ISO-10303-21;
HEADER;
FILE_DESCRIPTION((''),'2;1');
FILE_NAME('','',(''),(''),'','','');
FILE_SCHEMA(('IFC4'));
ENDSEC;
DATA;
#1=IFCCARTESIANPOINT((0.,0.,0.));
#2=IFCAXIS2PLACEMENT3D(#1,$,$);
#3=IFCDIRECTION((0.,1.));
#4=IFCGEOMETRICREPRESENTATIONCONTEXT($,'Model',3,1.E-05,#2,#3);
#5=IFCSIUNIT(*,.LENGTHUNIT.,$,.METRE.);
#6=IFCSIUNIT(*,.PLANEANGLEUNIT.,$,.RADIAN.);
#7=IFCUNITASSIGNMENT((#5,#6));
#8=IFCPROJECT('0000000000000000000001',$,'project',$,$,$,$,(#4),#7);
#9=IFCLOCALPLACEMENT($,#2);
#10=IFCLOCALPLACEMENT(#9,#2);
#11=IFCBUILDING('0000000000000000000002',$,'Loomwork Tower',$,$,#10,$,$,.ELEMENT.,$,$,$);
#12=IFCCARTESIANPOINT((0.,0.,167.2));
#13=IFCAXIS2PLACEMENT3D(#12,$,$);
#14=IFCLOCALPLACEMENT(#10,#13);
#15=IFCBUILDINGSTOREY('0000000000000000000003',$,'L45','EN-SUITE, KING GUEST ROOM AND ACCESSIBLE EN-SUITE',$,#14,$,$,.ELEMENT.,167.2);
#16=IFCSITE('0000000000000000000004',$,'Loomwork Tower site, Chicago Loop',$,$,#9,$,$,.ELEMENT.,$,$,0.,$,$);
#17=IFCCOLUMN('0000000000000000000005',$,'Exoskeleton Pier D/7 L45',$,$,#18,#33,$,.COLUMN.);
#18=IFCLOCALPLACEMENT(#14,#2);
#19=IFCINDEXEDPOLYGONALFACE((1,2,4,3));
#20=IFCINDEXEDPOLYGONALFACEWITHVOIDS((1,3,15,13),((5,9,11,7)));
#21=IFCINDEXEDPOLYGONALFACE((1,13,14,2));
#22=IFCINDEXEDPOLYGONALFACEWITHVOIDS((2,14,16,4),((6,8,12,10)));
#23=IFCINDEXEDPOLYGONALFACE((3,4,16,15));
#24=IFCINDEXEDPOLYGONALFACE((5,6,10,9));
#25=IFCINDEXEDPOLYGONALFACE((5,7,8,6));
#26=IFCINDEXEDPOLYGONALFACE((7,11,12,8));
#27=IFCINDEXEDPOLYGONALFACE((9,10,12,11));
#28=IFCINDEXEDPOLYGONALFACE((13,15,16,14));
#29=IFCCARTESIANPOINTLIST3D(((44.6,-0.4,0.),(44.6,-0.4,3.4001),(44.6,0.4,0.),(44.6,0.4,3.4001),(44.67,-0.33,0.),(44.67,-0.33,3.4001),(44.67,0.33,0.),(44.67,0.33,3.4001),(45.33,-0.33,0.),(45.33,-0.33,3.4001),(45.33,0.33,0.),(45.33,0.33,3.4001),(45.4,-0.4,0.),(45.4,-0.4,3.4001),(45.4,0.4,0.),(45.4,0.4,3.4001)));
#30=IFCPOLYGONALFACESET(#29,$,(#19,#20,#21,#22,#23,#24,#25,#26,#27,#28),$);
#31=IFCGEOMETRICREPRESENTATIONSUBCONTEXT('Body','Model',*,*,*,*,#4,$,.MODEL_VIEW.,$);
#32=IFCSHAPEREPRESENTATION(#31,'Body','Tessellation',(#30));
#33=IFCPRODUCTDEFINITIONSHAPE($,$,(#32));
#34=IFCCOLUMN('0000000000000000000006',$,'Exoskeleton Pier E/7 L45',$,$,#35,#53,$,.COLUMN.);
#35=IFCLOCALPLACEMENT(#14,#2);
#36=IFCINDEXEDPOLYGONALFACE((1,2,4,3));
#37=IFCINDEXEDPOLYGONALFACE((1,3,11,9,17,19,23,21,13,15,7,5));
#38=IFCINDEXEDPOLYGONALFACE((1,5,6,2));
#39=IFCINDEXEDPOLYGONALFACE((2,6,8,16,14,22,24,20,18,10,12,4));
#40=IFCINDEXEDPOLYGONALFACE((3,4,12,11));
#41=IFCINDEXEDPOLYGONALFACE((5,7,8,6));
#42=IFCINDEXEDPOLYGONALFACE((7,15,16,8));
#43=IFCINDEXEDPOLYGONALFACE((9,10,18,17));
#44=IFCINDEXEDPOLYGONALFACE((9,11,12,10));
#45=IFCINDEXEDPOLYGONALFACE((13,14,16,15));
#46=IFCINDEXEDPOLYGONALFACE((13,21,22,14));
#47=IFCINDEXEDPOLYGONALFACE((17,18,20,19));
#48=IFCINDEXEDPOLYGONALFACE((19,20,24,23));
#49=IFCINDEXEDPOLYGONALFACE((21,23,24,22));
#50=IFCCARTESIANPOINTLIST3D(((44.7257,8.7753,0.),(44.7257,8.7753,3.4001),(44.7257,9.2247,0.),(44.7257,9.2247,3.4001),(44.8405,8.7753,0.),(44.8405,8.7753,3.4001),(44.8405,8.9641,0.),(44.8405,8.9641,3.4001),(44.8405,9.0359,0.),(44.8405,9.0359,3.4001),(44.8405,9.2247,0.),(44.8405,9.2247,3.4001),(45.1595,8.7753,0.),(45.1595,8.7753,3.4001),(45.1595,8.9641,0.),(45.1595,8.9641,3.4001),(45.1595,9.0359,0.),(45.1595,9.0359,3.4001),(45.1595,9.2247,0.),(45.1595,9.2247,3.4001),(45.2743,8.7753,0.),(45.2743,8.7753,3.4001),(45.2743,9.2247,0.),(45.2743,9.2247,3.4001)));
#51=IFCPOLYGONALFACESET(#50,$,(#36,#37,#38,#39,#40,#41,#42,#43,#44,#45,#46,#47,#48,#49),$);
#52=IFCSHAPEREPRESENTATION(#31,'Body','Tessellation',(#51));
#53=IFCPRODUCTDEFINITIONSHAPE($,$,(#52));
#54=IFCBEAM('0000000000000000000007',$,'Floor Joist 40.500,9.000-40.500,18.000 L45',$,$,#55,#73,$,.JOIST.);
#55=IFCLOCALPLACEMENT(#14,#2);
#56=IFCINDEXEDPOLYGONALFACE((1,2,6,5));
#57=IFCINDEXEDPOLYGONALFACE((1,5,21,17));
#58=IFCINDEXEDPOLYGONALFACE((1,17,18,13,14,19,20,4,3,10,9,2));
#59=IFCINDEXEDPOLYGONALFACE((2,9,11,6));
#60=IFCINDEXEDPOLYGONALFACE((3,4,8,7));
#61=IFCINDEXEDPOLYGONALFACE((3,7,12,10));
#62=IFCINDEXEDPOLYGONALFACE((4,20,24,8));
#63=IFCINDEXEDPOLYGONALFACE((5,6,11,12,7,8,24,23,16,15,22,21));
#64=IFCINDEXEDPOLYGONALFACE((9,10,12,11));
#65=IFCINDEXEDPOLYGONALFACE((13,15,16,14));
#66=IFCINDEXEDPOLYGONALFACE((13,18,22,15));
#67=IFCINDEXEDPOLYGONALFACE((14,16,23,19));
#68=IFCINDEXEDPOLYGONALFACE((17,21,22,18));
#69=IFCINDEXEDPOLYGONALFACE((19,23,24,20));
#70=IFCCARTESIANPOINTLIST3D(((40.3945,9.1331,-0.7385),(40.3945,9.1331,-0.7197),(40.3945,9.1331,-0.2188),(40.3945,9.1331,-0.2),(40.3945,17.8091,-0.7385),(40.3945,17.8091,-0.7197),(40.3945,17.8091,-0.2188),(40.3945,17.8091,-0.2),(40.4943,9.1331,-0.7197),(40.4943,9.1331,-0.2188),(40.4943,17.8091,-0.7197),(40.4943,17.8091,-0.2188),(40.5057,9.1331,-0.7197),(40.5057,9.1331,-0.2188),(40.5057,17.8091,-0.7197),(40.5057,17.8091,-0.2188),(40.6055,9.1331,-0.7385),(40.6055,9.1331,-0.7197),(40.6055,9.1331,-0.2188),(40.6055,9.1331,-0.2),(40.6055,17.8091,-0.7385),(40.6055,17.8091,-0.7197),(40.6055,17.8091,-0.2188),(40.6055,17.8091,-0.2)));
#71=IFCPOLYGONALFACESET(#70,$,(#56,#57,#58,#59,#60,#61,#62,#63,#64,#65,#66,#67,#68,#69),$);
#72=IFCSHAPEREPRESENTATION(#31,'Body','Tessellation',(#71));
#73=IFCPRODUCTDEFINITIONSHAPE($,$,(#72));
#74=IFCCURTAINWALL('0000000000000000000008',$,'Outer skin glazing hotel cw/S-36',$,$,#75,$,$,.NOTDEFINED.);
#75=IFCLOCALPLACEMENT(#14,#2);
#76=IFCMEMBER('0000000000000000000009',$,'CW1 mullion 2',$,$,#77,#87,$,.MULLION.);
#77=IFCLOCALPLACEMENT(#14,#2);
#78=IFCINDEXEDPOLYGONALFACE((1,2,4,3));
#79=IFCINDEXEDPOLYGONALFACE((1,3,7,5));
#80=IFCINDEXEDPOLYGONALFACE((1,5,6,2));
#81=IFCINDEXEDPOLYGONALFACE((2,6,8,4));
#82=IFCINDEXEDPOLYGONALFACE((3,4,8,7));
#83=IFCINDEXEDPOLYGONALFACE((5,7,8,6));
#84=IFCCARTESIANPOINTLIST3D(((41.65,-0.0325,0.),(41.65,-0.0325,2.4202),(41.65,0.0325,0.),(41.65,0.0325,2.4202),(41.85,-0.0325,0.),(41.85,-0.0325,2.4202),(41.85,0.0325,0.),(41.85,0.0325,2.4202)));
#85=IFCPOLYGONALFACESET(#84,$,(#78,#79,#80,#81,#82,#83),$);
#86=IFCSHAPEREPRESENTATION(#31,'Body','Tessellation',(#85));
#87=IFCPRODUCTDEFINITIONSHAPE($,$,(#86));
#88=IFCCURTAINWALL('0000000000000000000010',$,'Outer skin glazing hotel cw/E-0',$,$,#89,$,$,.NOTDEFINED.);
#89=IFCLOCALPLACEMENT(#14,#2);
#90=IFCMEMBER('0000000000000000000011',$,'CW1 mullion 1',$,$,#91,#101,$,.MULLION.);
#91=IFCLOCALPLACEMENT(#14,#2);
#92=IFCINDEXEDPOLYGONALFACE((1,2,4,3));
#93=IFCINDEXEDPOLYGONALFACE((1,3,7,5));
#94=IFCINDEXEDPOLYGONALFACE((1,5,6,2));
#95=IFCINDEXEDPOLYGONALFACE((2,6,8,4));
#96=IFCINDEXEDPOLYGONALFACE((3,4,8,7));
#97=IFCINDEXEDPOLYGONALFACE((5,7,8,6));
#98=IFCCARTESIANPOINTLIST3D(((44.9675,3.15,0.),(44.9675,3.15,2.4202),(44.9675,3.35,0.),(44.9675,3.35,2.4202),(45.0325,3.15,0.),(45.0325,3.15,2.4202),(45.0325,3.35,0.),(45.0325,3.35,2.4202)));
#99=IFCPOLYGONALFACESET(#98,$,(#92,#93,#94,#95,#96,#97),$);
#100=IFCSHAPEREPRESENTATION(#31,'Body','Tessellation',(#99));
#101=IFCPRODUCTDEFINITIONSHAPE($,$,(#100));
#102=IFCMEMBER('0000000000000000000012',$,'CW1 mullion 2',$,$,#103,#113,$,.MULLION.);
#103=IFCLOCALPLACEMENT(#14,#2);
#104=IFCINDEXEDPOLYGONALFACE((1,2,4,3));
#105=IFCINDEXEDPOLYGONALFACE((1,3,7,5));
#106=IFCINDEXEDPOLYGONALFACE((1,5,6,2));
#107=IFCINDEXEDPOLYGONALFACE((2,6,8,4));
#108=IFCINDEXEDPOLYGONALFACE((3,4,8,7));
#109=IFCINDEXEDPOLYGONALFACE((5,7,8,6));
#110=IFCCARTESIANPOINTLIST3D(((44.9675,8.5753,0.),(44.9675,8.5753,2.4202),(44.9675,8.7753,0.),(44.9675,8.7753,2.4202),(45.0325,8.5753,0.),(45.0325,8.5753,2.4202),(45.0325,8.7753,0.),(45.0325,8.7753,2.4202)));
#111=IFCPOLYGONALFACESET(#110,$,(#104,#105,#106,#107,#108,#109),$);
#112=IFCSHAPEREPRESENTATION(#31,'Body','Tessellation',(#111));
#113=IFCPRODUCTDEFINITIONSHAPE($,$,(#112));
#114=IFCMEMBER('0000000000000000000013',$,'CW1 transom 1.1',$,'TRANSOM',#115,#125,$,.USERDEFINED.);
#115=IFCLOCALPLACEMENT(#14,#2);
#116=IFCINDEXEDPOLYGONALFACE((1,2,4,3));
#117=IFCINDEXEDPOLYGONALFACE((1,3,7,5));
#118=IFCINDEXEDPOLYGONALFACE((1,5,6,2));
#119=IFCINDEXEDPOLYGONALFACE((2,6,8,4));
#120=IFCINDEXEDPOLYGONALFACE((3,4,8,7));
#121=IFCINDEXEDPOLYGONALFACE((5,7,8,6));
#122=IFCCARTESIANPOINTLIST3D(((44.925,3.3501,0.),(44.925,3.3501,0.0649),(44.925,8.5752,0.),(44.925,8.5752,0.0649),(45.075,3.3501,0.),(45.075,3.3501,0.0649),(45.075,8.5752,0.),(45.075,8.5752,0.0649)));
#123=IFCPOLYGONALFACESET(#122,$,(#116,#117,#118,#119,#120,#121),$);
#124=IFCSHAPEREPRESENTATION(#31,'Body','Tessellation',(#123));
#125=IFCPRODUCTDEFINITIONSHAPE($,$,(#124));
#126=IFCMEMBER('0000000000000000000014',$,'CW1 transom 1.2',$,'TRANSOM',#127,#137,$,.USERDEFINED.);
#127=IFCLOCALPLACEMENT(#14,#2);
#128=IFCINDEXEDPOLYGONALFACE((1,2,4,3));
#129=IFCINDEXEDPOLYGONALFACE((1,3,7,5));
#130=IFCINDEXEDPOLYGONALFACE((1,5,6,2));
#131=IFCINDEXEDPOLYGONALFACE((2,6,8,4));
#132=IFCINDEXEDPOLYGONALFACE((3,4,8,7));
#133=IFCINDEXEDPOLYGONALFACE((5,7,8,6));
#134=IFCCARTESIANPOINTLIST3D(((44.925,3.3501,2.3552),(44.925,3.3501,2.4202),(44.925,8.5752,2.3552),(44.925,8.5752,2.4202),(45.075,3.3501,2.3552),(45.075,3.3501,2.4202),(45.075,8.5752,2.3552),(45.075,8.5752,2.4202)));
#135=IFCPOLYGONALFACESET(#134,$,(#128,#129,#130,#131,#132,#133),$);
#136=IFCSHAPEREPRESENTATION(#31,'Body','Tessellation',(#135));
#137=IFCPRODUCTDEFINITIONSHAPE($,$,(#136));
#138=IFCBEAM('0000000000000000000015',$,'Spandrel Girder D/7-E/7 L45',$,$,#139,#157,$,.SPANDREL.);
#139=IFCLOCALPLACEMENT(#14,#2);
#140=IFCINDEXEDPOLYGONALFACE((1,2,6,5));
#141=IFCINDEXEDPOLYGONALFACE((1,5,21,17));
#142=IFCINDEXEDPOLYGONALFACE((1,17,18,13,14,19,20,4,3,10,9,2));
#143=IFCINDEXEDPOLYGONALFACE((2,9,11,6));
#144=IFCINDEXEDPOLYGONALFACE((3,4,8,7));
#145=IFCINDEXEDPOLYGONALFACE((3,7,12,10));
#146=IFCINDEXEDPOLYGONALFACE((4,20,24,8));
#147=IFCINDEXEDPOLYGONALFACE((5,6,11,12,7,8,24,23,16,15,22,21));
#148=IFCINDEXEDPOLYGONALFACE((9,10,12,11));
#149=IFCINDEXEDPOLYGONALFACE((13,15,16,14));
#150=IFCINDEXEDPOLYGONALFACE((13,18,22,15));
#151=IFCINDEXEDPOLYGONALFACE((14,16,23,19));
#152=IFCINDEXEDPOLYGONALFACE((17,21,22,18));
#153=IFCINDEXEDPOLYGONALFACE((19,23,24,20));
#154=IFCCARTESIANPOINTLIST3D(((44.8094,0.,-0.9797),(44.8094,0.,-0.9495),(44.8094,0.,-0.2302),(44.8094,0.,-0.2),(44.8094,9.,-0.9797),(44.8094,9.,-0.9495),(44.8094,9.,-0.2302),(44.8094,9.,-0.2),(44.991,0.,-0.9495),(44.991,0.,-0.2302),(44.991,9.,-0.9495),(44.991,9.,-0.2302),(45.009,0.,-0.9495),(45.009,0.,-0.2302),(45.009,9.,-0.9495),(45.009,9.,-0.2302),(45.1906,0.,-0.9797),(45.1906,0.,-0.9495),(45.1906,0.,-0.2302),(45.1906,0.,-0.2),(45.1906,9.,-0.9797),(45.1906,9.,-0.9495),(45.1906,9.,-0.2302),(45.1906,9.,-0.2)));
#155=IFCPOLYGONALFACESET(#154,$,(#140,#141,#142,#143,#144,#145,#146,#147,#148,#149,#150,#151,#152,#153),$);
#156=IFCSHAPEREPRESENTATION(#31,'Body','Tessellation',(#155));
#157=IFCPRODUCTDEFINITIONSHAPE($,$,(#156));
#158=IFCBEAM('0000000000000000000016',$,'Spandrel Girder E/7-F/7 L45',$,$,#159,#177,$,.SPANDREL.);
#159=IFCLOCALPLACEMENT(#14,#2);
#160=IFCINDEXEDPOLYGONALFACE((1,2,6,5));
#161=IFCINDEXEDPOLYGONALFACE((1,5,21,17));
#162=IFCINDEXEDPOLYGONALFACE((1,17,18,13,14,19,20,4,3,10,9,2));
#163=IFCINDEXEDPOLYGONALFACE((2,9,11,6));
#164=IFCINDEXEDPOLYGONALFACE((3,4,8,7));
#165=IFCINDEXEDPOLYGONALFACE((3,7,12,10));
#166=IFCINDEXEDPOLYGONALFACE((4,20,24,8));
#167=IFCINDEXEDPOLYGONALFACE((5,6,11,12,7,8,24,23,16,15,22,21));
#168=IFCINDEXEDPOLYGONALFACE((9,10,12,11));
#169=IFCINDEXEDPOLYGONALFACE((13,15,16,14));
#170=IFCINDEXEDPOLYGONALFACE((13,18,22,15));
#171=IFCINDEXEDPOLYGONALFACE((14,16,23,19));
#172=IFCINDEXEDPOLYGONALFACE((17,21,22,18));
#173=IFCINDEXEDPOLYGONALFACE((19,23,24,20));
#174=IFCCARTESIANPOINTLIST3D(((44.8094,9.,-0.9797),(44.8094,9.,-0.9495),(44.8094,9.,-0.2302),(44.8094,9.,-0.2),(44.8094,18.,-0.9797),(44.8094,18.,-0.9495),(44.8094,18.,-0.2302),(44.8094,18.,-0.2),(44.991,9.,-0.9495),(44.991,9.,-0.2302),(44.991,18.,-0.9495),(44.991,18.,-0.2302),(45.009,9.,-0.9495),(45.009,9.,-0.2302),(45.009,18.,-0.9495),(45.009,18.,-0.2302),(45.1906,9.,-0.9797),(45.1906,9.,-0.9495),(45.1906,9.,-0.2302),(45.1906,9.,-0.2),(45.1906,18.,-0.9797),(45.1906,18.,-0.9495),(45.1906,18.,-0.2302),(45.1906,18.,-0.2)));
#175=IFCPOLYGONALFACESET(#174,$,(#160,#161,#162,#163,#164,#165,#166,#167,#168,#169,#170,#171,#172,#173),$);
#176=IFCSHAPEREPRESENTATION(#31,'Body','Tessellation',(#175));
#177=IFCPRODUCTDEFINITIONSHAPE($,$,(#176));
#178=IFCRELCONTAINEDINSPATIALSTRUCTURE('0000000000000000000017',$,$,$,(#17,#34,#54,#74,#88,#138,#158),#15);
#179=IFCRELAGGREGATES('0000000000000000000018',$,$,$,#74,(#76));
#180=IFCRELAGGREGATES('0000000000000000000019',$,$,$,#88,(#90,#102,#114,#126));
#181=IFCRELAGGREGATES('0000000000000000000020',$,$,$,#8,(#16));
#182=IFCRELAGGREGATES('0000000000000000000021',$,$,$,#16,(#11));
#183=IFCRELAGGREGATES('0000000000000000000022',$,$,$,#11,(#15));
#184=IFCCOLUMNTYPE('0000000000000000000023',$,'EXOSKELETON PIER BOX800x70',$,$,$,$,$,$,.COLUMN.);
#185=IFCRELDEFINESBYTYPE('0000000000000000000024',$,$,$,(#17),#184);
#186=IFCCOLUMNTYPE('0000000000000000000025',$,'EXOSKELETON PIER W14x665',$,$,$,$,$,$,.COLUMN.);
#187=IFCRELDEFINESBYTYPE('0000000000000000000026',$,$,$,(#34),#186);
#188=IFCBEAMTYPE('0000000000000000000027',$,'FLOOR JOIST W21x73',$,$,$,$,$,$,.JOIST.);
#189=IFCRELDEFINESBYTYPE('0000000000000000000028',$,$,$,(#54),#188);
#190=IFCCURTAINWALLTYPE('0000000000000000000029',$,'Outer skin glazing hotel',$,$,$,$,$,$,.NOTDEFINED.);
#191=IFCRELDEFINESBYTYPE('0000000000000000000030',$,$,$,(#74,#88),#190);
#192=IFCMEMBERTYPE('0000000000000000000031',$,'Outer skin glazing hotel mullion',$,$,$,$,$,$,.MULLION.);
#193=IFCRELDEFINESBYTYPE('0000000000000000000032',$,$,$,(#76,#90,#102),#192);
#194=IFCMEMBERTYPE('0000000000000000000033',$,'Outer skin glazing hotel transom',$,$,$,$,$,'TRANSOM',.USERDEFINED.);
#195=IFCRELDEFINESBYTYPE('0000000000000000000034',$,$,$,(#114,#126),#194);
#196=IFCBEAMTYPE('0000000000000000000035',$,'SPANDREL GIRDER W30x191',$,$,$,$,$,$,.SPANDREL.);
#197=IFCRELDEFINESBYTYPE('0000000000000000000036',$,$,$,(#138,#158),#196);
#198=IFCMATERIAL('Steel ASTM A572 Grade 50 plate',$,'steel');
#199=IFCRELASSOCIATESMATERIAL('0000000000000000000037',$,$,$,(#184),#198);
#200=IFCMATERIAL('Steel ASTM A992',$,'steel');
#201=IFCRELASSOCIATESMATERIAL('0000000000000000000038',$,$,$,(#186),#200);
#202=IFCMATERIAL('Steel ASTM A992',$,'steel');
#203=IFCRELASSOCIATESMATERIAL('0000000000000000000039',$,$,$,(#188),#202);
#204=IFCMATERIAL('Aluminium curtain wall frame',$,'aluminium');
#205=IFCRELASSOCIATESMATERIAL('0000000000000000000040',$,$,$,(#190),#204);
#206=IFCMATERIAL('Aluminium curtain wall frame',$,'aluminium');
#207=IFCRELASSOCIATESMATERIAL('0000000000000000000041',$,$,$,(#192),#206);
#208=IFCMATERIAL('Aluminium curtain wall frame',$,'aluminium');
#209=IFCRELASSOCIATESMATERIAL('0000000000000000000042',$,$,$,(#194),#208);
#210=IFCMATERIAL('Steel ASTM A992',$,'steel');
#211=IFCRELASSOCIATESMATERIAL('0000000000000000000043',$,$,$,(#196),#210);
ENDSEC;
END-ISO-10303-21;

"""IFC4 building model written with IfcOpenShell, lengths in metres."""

from ifc_helpers import new_model, si_unit, direction, frame, origin, origin_2d, place, context, subcontext, project, spatial, rectangle, hollow_rectangle, i_section, extrude, material, material_profile, profile_set, type_object, element, aggregate, save


model = new_model("IFC4")

# Units and contexts
model_context = context("Model", 3, precision=1e-05, world=origin(), true_north=direction((0.0, 1.0)))
body_context = subcontext(model_context, "Body", "Model", "MODEL_VIEW")
ifc_project = project(units=[si_unit("LENGTHUNIT", "METRE"), si_unit("PLANEANGLEUNIT", "RADIAN")], contexts=[model_context])

# Site, building, storey
site_placement = place(None, origin())
site = spatial("IfcSite", under=ifc_project, at=site_placement, Name="Loomwork Tower site, Chicago Loop", CompositionType="ELEMENT", RefElevation=0.0)
building_placement = place(site_placement, origin())
building = spatial("IfcBuilding", under=site, at=building_placement, Name="Loomwork Tower", CompositionType="ELEMENT")
storey_placement = place(building_placement, frame((0.0, 0.0, 167.2)))
storey = spatial("IfcBuildingStorey", under=building, at=storey_placement, Name="L45", Description="EN-SUITE, KING GUEST ROOM AND ACCESSIBLE EN-SUITE", CompositionType="ELEMENT", Elevation=167.2)

# Columns
ifc_material_1 = material(Name="Steel ASTM A572 Grade 50 plate", Category="steel")
ifc_material_profile_1 = material_profile(ifc_material_1, hollow_rectangle(XDim=0.8, YDim=0.8, WallThickness=0.0701, at=origin_2d()), Name="BOX800x70")
ifc_profile_set_1 = profile_set([ifc_material_profile_1], Name="Steel ASTM A572 Grade 50 plate")
column_type_1 = type_object("IfcColumnType", Name="EXOSKELETON PIER BOX800x70", PredefinedType="COLUMN", material=ifc_profile_set_1)
column_1_placement = place(storey_placement, frame((45.0, 0.0, 0.0), z_axis=(0.0, 0.0, 1.0), x_axis=(1.0, 0.0, 0.0)))
element("IfcColumn", 1, at=column_1_placement, inside=storey, type_object=column_type_1, Name="Exoskeleton Pier D/7 L45", PredefinedType="COLUMN", context=body_context, shape_type="SweptSolid", body=[
    extrude(hollow_rectangle(XDim=0.8, YDim=0.8, WallThickness=0.0701, at=origin_2d()), origin(), (0.0, 0.0, 1.0), 3.4001),
])
ifc_material_2 = material(Name="Steel ASTM A992", Category="steel")
ifc_material_profile_2 = material_profile(ifc_material_2, i_section(OverallWidth=0.4495, OverallDepth=0.5486, WebThickness=0.0718, FlangeThickness=0.1147, at=origin_2d()), Name="W14x665")
ifc_profile_set_2 = profile_set([ifc_material_profile_2], Name="Steel ASTM A992")
column_type_2 = type_object("IfcColumnType", Name="EXOSKELETON PIER W14x665", PredefinedType="COLUMN", material=ifc_profile_set_2)
column_2_placement = place(storey_placement, frame((45.0, 9.0, 0.0), z_axis=(0.0, 0.0, 1.0), x_axis=(0.0, 1.0, 0.0)))
element("IfcColumn", 2, at=column_2_placement, inside=storey, type_object=column_type_2, Name="Exoskeleton Pier E/7 L45", PredefinedType="COLUMN", context=body_context, shape_type="SweptSolid", body=[
    extrude(i_section(OverallWidth=0.4495, OverallDepth=0.5486, WebThickness=0.0718, FlangeThickness=0.1147, at=origin_2d()), origin(), (0.0, 0.0, 1.0), 3.4001),
])

# Beam
ifc_material_3 = material(Name="Steel ASTM A992", Category="steel")
ifc_material_profile_3 = material_profile(ifc_material_3, i_section(OverallWidth=0.2109, OverallDepth=0.5386, WebThickness=0.0115, FlangeThickness=0.0188, at=origin_2d()), Name="W21x73")
ifc_profile_set_3 = profile_set([ifc_material_profile_3], Name="Steel ASTM A992")
beam_type_1 = type_object("IfcBeamType", Name="FLOOR JOIST W21x73", PredefinedType="JOIST", material=ifc_profile_set_3)
beam_placement = place(storey_placement, frame((40.5, 9.1331, -0.4692), z_axis=(0.0, 1.0, 0.0), x_axis=(-1.0, 0.0, 0.0)))
element("IfcBeam", 3, at=beam_placement, inside=storey, type_object=beam_type_1, Name="Floor Joist 40.500,9.000-40.500,18.000 L45", PredefinedType="JOIST", context=body_context, shape_type="SweptSolid", body=[
    extrude(i_section(OverallWidth=0.2109, OverallDepth=0.5386, WebThickness=0.0115, FlangeThickness=0.0188, at=origin_2d()), origin(), (0.0, 0.0, 1.0), 8.676),
])

# Curtain wall, member
ifc_material_4 = material(Name="Aluminium curtain wall frame", Category="aluminium")
curtain_wall_type = type_object("IfcCurtainWallType", Name="Outer skin glazing hotel", PredefinedType="NOTDEFINED", material=ifc_material_4)
curtain_wall_1_placement = place(storey_placement, origin())
curtain_wall_1 = element("IfcCurtainWall", 4, at=curtain_wall_1_placement, inside=storey, type_object=curtain_wall_type, Name="Outer skin glazing hotel cw/S-36", PredefinedType="NOTDEFINED")
ifc_material_5 = material(Name="Aluminium curtain wall frame", Category="aluminium")
ifc_material_profile_4 = material_profile(ifc_material_5, rectangle(XDim=0.0649, YDim=0.2, at=origin_2d()), Name="AL 65x200")
ifc_profile_set_4 = profile_set([ifc_material_profile_4], Name="Aluminium curtain wall frame")
member_type_1 = type_object("IfcMemberType", Name="Outer skin glazing hotel mullion", PredefinedType="MULLION", material=ifc_profile_set_4)
member_1_placement = place(storey_placement, frame((41.75, 0.0, 0.0), z_axis=(0.0, 0.0, 1.0), x_axis=(0.0, 1.0, 0.0)))
member_1 = element("IfcMember", 5, at=member_1_placement, type_object=member_type_1, Name="CW1 mullion 2", PredefinedType="MULLION", context=body_context, shape_type="SweptSolid", body=[
    extrude(rectangle(XDim=0.0649, YDim=0.2, at=origin_2d()), origin(), (0.0, 0.0, 1.0), 2.4202),
])
aggregate(curtain_wall_1, [member_1])

# Curtain wall, members
curtain_wall_2_placement = place(storey_placement, origin())
curtain_wall_2 = element("IfcCurtainWall", 6, at=curtain_wall_2_placement, inside=storey, type_object=curtain_wall_type, Name="Outer skin glazing hotel cw/E-0", PredefinedType="NOTDEFINED")
member_2_placement = place(storey_placement, frame((45.0, 3.25, 0.0), z_axis=(0.0, 0.0, 1.0), x_axis=(-1.0, 0.0, 0.0)))
member_2 = element("IfcMember", 7, at=member_2_placement, type_object=member_type_1, Name="CW1 mullion 1", PredefinedType="MULLION", context=body_context, shape_type="SweptSolid", body=[
    extrude(rectangle(XDim=0.0649, YDim=0.2, at=origin_2d()), origin(), (0.0, 0.0, 1.0), 2.4202),
])
member_3_placement = place(storey_placement, frame((45.0, 8.6753, 0.0), z_axis=(0.0, 0.0, 1.0), x_axis=(-1.0, 0.0, 0.0)))
member_3 = element("IfcMember", 8, at=member_3_placement, type_object=member_type_1, Name="CW1 mullion 2", PredefinedType="MULLION", context=body_context, shape_type="SweptSolid", body=[
    extrude(rectangle(XDim=0.0649, YDim=0.2, at=origin_2d()), origin(), (0.0, 0.0, 1.0), 2.4202),
])
ifc_material_6 = material(Name="Aluminium curtain wall frame", Category="aluminium")
ifc_material_profile_5 = material_profile(ifc_material_6, rectangle(XDim=0.1499, YDim=0.0649, at=origin_2d()), Name="AL 65x150")
ifc_profile_set_5 = profile_set([ifc_material_profile_5], Name="Aluminium curtain wall frame")
member_type_2 = type_object("IfcMemberType", Name="Outer skin glazing hotel transom", ElementType="TRANSOM", PredefinedType="USERDEFINED", material=ifc_profile_set_5)
member_4_placement = place(storey_placement, frame((45.0, 3.3501, 0.0325), z_axis=(0.0, 1.0, 0.0), x_axis=(-1.0, 0.0, 0.0)))
member_4 = element("IfcMember", 9, at=member_4_placement, type_object=member_type_2, Name="CW1 transom 1.1", ObjectType="TRANSOM", PredefinedType="USERDEFINED", context=body_context, shape_type="SweptSolid", body=[
    extrude(rectangle(XDim=0.1499, YDim=0.0649, at=origin_2d()), origin(), (0.0, 0.0, 1.0), 5.2251),
])
member_5_placement = place(storey_placement, frame((45.0, 3.3501, 2.3877), z_axis=(0.0, 1.0, 0.0), x_axis=(-1.0, 0.0, 0.0)))
member_5 = element("IfcMember", 10, at=member_5_placement, type_object=member_type_2, Name="CW1 transom 1.2", ObjectType="TRANSOM", PredefinedType="USERDEFINED", context=body_context, shape_type="SweptSolid", body=[
    extrude(rectangle(XDim=0.1499, YDim=0.0649, at=origin_2d()), origin(), (0.0, 0.0, 1.0), 5.2251),
])

# Beams
ifc_material_7 = material(Name="Steel ASTM A992", Category="steel")
ifc_material_profile_6 = material_profile(ifc_material_7, i_section(OverallWidth=0.3811, OverallDepth=0.7798, WebThickness=0.0181, FlangeThickness=0.0303, at=origin_2d()), Name="W30x191")
ifc_profile_set_6 = profile_set([ifc_material_profile_6], Name="Steel ASTM A992")
beam_type_2 = type_object("IfcBeamType", Name="SPANDREL GIRDER W30x191", PredefinedType="SPANDREL", material=ifc_profile_set_6)
for number, where, z_axis, x_axis, name in (
    (11, (45.0, 0.0, -0.5898), (0.0, 1.0, 0.0), (-1.0, 0.0, 0.0), "Spandrel Girder D/7-E/7 L45"),
    (12, (45.0, 9.0, -0.5898), (0.0, 1.0, 0.0), (-1.0, 0.0, 0.0), "Spandrel Girder E/7-F/7 L45"),
):
    element("IfcBeam", number, at=place(storey_placement, frame(where, z_axis=z_axis, x_axis=x_axis)), inside=storey, type_object=beam_type_2, Name=name, PredefinedType="SPANDREL", context=body_context, shape_type="SweptSolid", body=[
        extrude(i_section(OverallWidth=0.3811, OverallDepth=0.7798, WebThickness=0.0181, FlangeThickness=0.0303, at=origin_2d()), origin(), (0.0, 0.0, 1.0), 9.0),
    ])

aggregate(curtain_wall_2, [member_2, member_3, member_4, member_5])

save(model, "model.ifc")
